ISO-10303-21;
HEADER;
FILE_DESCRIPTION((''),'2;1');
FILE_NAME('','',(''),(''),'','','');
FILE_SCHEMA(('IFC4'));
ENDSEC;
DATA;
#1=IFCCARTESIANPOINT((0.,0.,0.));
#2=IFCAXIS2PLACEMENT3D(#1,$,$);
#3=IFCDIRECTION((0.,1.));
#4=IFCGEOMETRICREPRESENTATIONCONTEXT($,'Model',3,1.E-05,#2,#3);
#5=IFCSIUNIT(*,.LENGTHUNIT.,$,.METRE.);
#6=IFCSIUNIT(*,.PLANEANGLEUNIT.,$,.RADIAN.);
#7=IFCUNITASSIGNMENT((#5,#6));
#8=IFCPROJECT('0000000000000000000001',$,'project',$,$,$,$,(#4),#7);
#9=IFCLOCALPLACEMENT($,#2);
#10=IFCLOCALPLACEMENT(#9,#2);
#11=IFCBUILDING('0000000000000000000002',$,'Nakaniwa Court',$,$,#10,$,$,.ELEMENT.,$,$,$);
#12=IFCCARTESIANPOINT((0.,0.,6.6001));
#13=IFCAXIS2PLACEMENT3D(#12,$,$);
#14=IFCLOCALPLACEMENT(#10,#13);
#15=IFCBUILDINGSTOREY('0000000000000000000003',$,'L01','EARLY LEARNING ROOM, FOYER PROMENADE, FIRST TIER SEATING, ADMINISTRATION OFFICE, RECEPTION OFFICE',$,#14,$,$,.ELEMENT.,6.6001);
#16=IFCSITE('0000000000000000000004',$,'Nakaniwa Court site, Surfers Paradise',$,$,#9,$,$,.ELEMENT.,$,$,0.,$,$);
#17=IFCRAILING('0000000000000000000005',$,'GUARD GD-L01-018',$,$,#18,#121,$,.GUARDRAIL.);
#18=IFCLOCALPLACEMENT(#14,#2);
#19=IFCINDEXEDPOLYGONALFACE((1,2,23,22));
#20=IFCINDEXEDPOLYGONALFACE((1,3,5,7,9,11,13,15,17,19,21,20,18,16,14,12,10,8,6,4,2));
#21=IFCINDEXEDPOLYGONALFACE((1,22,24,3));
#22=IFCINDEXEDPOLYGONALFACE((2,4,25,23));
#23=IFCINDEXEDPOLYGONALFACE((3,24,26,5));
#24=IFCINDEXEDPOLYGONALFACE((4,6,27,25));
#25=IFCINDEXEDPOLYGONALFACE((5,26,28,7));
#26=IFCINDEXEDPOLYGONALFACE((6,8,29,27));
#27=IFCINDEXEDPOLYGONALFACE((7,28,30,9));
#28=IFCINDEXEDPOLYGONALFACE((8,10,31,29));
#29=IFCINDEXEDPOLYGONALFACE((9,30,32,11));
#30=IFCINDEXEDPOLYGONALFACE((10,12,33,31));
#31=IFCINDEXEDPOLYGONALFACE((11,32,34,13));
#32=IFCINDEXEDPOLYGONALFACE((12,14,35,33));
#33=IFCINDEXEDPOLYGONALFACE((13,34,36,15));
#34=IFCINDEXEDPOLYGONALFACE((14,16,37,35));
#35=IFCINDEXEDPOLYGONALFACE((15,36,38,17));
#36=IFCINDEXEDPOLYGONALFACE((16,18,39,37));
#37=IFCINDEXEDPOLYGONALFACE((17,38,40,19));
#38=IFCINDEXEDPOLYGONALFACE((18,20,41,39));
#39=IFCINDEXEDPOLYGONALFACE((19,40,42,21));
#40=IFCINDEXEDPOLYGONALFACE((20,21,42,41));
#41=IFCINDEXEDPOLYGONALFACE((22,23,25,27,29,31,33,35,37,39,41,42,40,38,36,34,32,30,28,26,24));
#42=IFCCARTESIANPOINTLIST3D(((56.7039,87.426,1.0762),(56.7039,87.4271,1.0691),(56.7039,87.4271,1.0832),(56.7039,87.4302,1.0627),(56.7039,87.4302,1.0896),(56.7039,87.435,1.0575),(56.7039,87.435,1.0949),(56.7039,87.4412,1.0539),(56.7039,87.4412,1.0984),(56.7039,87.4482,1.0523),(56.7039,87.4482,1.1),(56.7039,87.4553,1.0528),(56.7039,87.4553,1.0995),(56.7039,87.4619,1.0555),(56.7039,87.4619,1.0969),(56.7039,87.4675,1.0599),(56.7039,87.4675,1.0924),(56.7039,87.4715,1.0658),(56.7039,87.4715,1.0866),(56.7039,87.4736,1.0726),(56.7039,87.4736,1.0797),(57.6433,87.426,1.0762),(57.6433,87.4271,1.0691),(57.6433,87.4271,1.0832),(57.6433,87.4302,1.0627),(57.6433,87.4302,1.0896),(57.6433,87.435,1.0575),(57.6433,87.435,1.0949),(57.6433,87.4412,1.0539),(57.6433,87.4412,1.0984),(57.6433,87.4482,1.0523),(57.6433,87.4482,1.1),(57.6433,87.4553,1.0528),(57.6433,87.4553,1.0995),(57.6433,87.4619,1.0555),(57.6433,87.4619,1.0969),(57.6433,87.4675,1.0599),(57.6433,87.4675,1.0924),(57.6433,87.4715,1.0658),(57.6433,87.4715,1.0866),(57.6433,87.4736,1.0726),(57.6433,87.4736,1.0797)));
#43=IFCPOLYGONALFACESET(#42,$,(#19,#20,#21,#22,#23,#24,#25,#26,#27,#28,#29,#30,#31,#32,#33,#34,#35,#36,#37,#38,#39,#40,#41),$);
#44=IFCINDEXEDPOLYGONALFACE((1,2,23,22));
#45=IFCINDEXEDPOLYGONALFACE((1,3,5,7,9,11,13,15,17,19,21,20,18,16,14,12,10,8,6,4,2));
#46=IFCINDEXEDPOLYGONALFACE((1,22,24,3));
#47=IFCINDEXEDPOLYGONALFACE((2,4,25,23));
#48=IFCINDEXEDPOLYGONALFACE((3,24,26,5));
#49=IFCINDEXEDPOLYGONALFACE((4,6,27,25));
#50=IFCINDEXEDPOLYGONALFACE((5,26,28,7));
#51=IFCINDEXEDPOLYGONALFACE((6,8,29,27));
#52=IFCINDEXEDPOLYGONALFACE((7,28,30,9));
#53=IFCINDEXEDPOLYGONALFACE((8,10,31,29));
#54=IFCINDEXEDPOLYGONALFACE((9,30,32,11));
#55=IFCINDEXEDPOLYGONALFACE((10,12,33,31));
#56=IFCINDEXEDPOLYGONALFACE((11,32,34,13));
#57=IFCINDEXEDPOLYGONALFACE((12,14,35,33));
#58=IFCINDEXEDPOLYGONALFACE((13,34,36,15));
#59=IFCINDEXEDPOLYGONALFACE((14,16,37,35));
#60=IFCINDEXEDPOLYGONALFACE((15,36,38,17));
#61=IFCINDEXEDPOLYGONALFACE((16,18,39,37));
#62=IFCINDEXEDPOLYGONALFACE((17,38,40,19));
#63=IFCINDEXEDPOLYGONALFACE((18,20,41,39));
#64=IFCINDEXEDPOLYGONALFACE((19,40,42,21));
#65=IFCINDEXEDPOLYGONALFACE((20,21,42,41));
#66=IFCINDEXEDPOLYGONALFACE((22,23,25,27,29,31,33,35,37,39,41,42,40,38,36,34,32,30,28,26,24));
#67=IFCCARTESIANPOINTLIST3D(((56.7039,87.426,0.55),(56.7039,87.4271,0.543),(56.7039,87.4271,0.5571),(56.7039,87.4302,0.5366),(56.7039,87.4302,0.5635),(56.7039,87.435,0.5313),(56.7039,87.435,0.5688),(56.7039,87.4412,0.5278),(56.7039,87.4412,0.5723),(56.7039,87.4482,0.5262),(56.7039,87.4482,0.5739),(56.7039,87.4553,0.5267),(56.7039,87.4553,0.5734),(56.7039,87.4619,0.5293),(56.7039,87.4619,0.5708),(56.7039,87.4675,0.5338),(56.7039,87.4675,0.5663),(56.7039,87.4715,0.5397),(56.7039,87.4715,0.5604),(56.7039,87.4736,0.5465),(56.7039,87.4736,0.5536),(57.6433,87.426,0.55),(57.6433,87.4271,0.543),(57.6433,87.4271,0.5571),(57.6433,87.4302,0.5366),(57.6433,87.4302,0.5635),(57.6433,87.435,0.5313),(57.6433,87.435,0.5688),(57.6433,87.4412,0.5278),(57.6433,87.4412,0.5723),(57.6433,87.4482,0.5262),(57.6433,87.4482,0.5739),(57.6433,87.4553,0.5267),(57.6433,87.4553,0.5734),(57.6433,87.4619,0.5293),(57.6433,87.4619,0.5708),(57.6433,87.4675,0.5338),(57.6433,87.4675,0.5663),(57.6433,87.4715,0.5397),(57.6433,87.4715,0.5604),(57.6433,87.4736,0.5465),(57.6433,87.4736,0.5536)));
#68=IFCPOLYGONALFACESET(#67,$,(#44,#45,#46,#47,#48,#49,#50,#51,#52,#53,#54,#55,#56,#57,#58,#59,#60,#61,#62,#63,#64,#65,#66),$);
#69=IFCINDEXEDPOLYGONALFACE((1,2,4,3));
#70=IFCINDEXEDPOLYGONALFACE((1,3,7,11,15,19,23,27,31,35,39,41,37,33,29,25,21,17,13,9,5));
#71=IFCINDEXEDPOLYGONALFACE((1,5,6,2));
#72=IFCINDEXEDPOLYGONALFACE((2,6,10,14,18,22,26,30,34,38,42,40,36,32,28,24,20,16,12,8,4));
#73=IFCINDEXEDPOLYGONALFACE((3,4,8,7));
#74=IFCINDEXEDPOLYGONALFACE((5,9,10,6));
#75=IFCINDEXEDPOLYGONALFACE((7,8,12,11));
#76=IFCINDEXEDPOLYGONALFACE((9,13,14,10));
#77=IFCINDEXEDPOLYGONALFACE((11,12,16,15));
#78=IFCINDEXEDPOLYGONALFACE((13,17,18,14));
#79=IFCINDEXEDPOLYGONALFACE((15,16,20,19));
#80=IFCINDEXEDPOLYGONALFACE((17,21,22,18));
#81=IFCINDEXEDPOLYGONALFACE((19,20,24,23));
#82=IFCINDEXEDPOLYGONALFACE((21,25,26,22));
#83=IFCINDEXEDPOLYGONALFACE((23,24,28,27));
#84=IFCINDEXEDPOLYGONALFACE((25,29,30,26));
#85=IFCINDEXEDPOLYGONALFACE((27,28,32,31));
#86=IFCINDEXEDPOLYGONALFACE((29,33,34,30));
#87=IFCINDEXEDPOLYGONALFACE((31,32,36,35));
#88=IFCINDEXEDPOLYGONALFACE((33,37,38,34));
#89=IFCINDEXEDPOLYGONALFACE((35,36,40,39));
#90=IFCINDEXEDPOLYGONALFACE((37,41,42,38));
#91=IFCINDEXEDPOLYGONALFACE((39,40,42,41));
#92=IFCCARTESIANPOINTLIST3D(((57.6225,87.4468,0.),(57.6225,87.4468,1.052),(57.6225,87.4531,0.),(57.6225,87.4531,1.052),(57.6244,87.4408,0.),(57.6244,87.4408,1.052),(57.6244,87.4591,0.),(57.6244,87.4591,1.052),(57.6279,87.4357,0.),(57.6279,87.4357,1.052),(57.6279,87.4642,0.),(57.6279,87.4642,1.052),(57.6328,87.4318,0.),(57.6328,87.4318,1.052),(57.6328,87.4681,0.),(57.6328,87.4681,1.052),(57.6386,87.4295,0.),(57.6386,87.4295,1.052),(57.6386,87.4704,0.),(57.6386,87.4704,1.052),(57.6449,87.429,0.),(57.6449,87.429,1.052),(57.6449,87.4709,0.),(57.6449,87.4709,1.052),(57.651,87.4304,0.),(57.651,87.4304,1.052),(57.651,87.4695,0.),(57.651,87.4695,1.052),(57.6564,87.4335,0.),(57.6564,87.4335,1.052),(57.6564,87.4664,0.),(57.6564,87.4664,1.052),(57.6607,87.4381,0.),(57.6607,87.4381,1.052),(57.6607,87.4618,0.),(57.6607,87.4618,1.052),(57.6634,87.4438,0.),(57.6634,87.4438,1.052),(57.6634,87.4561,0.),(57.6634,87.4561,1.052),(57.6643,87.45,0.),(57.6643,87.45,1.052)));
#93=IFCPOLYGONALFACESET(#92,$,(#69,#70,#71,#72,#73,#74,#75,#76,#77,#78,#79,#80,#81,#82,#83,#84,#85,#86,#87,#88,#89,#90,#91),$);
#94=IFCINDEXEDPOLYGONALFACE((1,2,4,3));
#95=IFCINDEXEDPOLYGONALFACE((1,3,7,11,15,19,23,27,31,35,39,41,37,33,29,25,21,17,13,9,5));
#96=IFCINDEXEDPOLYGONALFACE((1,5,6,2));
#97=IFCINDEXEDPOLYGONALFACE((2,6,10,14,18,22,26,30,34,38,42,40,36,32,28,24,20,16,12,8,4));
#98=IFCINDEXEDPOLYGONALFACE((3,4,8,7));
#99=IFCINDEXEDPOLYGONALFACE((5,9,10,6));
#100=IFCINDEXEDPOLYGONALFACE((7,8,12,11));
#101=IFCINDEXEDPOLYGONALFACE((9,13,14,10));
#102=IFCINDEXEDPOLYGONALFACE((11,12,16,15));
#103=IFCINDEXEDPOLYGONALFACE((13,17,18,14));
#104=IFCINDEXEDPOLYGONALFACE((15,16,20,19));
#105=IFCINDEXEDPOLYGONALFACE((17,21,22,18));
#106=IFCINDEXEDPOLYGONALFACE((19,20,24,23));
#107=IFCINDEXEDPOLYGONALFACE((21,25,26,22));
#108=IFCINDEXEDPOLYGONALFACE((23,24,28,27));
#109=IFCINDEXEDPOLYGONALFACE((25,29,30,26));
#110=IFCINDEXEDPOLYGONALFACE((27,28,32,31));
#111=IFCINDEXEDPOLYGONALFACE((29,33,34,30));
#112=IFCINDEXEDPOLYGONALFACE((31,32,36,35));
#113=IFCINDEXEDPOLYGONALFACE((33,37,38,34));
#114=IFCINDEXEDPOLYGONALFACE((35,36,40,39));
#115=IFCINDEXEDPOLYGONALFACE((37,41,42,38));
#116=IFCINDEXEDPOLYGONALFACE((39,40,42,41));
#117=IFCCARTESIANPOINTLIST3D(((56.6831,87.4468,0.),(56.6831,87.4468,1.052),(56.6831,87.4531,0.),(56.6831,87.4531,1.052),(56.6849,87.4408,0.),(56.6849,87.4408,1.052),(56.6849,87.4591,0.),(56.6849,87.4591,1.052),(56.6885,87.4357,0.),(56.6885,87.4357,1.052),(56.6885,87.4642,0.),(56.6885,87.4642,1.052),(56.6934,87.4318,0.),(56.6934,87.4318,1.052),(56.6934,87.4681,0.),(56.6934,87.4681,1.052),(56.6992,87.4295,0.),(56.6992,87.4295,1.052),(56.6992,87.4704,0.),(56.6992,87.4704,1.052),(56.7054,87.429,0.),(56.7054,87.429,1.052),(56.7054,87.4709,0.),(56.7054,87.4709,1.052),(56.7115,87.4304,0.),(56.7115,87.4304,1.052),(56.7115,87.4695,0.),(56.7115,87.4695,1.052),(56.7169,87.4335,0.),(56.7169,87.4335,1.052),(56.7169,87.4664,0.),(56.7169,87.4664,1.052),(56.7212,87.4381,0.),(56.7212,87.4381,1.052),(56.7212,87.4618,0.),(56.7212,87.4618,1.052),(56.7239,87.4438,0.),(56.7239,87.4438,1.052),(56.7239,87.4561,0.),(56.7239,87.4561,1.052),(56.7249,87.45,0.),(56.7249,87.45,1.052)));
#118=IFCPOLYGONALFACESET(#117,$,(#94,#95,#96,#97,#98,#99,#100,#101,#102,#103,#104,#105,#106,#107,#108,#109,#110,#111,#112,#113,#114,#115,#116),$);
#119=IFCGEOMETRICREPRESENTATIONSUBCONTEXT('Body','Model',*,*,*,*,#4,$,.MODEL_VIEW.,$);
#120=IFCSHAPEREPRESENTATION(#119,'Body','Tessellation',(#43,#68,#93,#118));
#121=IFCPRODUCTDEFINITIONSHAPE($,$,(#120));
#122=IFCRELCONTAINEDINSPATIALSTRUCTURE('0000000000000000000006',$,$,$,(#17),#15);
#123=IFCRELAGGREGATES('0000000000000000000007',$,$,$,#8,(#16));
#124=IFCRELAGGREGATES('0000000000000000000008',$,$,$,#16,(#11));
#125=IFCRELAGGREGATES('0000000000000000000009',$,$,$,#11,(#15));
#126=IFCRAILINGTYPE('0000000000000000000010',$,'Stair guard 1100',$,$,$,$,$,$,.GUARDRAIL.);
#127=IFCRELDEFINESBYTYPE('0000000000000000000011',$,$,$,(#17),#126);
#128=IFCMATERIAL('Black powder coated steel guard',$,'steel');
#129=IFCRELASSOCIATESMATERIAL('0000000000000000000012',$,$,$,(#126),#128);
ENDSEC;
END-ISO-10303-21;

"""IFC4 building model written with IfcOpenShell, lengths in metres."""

from ifc_helpers import new_model, si_unit, direction, frame, origin, origin_2d, place, context, subcontext, project, spatial, circle, extrude, material, type_object, element, save


model = new_model("IFC4")

# Units and contexts
model_context = context("Model", 3, precision=1e-05, world=origin(), true_north=direction((0.0, 1.0)))
body_context = subcontext(model_context, "Body", "Model", "MODEL_VIEW")
ifc_project = project(units=[si_unit("LENGTHUNIT", "METRE"), si_unit("PLANEANGLEUNIT", "RADIAN")], contexts=[model_context])

# Site, building, storey
site_placement = place(None, origin())
site = spatial("IfcSite", under=ifc_project, at=site_placement, Name="Nakaniwa Court site, Surfers Paradise", CompositionType="ELEMENT", RefElevation=0.0)
building_placement = place(site_placement, origin())
building = spatial("IfcBuilding", under=site, at=building_placement, Name="Nakaniwa Court", CompositionType="ELEMENT")
storey_placement = place(building_placement, frame((0.0, 0.0, 6.6001)))
storey = spatial("IfcBuildingStorey", under=building, at=storey_placement, Name="L01", Description="EARLY LEARNING ROOM, FOYER PROMENADE, FIRST TIER SEATING, ADMINISTRATION OFFICE, RECEPTION OFFICE", CompositionType="ELEMENT", Elevation=6.6001)

# Railing
ifc_material_1 = material(Name="Black powder coated steel guard", Category="steel")
railing_type = type_object("IfcRailingType", Name="Stair guard 1100", PredefinedType="GUARDRAIL", material=ifc_material_1)
railing_1_placement = place(storey_placement, frame((57.6433, 87.45, 0.0)))
element("IfcRailing", 1, at=railing_1_placement, inside=storey, type_object=railing_type, Name="GUARD GD-L01-018", PredefinedType="GUARDRAIL", context=body_context, shape_type="SweptSolid", body=[
    extrude(circle(Radius=0.0239, at=origin_2d()), frame((0.0, 0.0, 1.0762), z_axis=(-1.0, 0.0, 0.0), x_axis=(0.0, -1.0, 0.0)), (0.0, 0.0, 1.0), 0.9395),
    extrude(circle(Radius=0.0239, at=origin_2d()), frame((0.0, 0.0, 0.55), z_axis=(-1.0, 0.0, 0.0), x_axis=(0.0, -1.0, 0.0)), (0.0, 0.0, 1.0), 0.9395),
    extrude(circle(Radius=0.021, at=origin_2d()), origin(), (0.0, 0.0, 1.0), 1.052),
    extrude(circle(Radius=0.021, at=origin_2d()), frame((-0.9395, 0.0, 0.0)), (0.0, 0.0, 1.0), 1.052),
])

save(model, "model.ifc")
